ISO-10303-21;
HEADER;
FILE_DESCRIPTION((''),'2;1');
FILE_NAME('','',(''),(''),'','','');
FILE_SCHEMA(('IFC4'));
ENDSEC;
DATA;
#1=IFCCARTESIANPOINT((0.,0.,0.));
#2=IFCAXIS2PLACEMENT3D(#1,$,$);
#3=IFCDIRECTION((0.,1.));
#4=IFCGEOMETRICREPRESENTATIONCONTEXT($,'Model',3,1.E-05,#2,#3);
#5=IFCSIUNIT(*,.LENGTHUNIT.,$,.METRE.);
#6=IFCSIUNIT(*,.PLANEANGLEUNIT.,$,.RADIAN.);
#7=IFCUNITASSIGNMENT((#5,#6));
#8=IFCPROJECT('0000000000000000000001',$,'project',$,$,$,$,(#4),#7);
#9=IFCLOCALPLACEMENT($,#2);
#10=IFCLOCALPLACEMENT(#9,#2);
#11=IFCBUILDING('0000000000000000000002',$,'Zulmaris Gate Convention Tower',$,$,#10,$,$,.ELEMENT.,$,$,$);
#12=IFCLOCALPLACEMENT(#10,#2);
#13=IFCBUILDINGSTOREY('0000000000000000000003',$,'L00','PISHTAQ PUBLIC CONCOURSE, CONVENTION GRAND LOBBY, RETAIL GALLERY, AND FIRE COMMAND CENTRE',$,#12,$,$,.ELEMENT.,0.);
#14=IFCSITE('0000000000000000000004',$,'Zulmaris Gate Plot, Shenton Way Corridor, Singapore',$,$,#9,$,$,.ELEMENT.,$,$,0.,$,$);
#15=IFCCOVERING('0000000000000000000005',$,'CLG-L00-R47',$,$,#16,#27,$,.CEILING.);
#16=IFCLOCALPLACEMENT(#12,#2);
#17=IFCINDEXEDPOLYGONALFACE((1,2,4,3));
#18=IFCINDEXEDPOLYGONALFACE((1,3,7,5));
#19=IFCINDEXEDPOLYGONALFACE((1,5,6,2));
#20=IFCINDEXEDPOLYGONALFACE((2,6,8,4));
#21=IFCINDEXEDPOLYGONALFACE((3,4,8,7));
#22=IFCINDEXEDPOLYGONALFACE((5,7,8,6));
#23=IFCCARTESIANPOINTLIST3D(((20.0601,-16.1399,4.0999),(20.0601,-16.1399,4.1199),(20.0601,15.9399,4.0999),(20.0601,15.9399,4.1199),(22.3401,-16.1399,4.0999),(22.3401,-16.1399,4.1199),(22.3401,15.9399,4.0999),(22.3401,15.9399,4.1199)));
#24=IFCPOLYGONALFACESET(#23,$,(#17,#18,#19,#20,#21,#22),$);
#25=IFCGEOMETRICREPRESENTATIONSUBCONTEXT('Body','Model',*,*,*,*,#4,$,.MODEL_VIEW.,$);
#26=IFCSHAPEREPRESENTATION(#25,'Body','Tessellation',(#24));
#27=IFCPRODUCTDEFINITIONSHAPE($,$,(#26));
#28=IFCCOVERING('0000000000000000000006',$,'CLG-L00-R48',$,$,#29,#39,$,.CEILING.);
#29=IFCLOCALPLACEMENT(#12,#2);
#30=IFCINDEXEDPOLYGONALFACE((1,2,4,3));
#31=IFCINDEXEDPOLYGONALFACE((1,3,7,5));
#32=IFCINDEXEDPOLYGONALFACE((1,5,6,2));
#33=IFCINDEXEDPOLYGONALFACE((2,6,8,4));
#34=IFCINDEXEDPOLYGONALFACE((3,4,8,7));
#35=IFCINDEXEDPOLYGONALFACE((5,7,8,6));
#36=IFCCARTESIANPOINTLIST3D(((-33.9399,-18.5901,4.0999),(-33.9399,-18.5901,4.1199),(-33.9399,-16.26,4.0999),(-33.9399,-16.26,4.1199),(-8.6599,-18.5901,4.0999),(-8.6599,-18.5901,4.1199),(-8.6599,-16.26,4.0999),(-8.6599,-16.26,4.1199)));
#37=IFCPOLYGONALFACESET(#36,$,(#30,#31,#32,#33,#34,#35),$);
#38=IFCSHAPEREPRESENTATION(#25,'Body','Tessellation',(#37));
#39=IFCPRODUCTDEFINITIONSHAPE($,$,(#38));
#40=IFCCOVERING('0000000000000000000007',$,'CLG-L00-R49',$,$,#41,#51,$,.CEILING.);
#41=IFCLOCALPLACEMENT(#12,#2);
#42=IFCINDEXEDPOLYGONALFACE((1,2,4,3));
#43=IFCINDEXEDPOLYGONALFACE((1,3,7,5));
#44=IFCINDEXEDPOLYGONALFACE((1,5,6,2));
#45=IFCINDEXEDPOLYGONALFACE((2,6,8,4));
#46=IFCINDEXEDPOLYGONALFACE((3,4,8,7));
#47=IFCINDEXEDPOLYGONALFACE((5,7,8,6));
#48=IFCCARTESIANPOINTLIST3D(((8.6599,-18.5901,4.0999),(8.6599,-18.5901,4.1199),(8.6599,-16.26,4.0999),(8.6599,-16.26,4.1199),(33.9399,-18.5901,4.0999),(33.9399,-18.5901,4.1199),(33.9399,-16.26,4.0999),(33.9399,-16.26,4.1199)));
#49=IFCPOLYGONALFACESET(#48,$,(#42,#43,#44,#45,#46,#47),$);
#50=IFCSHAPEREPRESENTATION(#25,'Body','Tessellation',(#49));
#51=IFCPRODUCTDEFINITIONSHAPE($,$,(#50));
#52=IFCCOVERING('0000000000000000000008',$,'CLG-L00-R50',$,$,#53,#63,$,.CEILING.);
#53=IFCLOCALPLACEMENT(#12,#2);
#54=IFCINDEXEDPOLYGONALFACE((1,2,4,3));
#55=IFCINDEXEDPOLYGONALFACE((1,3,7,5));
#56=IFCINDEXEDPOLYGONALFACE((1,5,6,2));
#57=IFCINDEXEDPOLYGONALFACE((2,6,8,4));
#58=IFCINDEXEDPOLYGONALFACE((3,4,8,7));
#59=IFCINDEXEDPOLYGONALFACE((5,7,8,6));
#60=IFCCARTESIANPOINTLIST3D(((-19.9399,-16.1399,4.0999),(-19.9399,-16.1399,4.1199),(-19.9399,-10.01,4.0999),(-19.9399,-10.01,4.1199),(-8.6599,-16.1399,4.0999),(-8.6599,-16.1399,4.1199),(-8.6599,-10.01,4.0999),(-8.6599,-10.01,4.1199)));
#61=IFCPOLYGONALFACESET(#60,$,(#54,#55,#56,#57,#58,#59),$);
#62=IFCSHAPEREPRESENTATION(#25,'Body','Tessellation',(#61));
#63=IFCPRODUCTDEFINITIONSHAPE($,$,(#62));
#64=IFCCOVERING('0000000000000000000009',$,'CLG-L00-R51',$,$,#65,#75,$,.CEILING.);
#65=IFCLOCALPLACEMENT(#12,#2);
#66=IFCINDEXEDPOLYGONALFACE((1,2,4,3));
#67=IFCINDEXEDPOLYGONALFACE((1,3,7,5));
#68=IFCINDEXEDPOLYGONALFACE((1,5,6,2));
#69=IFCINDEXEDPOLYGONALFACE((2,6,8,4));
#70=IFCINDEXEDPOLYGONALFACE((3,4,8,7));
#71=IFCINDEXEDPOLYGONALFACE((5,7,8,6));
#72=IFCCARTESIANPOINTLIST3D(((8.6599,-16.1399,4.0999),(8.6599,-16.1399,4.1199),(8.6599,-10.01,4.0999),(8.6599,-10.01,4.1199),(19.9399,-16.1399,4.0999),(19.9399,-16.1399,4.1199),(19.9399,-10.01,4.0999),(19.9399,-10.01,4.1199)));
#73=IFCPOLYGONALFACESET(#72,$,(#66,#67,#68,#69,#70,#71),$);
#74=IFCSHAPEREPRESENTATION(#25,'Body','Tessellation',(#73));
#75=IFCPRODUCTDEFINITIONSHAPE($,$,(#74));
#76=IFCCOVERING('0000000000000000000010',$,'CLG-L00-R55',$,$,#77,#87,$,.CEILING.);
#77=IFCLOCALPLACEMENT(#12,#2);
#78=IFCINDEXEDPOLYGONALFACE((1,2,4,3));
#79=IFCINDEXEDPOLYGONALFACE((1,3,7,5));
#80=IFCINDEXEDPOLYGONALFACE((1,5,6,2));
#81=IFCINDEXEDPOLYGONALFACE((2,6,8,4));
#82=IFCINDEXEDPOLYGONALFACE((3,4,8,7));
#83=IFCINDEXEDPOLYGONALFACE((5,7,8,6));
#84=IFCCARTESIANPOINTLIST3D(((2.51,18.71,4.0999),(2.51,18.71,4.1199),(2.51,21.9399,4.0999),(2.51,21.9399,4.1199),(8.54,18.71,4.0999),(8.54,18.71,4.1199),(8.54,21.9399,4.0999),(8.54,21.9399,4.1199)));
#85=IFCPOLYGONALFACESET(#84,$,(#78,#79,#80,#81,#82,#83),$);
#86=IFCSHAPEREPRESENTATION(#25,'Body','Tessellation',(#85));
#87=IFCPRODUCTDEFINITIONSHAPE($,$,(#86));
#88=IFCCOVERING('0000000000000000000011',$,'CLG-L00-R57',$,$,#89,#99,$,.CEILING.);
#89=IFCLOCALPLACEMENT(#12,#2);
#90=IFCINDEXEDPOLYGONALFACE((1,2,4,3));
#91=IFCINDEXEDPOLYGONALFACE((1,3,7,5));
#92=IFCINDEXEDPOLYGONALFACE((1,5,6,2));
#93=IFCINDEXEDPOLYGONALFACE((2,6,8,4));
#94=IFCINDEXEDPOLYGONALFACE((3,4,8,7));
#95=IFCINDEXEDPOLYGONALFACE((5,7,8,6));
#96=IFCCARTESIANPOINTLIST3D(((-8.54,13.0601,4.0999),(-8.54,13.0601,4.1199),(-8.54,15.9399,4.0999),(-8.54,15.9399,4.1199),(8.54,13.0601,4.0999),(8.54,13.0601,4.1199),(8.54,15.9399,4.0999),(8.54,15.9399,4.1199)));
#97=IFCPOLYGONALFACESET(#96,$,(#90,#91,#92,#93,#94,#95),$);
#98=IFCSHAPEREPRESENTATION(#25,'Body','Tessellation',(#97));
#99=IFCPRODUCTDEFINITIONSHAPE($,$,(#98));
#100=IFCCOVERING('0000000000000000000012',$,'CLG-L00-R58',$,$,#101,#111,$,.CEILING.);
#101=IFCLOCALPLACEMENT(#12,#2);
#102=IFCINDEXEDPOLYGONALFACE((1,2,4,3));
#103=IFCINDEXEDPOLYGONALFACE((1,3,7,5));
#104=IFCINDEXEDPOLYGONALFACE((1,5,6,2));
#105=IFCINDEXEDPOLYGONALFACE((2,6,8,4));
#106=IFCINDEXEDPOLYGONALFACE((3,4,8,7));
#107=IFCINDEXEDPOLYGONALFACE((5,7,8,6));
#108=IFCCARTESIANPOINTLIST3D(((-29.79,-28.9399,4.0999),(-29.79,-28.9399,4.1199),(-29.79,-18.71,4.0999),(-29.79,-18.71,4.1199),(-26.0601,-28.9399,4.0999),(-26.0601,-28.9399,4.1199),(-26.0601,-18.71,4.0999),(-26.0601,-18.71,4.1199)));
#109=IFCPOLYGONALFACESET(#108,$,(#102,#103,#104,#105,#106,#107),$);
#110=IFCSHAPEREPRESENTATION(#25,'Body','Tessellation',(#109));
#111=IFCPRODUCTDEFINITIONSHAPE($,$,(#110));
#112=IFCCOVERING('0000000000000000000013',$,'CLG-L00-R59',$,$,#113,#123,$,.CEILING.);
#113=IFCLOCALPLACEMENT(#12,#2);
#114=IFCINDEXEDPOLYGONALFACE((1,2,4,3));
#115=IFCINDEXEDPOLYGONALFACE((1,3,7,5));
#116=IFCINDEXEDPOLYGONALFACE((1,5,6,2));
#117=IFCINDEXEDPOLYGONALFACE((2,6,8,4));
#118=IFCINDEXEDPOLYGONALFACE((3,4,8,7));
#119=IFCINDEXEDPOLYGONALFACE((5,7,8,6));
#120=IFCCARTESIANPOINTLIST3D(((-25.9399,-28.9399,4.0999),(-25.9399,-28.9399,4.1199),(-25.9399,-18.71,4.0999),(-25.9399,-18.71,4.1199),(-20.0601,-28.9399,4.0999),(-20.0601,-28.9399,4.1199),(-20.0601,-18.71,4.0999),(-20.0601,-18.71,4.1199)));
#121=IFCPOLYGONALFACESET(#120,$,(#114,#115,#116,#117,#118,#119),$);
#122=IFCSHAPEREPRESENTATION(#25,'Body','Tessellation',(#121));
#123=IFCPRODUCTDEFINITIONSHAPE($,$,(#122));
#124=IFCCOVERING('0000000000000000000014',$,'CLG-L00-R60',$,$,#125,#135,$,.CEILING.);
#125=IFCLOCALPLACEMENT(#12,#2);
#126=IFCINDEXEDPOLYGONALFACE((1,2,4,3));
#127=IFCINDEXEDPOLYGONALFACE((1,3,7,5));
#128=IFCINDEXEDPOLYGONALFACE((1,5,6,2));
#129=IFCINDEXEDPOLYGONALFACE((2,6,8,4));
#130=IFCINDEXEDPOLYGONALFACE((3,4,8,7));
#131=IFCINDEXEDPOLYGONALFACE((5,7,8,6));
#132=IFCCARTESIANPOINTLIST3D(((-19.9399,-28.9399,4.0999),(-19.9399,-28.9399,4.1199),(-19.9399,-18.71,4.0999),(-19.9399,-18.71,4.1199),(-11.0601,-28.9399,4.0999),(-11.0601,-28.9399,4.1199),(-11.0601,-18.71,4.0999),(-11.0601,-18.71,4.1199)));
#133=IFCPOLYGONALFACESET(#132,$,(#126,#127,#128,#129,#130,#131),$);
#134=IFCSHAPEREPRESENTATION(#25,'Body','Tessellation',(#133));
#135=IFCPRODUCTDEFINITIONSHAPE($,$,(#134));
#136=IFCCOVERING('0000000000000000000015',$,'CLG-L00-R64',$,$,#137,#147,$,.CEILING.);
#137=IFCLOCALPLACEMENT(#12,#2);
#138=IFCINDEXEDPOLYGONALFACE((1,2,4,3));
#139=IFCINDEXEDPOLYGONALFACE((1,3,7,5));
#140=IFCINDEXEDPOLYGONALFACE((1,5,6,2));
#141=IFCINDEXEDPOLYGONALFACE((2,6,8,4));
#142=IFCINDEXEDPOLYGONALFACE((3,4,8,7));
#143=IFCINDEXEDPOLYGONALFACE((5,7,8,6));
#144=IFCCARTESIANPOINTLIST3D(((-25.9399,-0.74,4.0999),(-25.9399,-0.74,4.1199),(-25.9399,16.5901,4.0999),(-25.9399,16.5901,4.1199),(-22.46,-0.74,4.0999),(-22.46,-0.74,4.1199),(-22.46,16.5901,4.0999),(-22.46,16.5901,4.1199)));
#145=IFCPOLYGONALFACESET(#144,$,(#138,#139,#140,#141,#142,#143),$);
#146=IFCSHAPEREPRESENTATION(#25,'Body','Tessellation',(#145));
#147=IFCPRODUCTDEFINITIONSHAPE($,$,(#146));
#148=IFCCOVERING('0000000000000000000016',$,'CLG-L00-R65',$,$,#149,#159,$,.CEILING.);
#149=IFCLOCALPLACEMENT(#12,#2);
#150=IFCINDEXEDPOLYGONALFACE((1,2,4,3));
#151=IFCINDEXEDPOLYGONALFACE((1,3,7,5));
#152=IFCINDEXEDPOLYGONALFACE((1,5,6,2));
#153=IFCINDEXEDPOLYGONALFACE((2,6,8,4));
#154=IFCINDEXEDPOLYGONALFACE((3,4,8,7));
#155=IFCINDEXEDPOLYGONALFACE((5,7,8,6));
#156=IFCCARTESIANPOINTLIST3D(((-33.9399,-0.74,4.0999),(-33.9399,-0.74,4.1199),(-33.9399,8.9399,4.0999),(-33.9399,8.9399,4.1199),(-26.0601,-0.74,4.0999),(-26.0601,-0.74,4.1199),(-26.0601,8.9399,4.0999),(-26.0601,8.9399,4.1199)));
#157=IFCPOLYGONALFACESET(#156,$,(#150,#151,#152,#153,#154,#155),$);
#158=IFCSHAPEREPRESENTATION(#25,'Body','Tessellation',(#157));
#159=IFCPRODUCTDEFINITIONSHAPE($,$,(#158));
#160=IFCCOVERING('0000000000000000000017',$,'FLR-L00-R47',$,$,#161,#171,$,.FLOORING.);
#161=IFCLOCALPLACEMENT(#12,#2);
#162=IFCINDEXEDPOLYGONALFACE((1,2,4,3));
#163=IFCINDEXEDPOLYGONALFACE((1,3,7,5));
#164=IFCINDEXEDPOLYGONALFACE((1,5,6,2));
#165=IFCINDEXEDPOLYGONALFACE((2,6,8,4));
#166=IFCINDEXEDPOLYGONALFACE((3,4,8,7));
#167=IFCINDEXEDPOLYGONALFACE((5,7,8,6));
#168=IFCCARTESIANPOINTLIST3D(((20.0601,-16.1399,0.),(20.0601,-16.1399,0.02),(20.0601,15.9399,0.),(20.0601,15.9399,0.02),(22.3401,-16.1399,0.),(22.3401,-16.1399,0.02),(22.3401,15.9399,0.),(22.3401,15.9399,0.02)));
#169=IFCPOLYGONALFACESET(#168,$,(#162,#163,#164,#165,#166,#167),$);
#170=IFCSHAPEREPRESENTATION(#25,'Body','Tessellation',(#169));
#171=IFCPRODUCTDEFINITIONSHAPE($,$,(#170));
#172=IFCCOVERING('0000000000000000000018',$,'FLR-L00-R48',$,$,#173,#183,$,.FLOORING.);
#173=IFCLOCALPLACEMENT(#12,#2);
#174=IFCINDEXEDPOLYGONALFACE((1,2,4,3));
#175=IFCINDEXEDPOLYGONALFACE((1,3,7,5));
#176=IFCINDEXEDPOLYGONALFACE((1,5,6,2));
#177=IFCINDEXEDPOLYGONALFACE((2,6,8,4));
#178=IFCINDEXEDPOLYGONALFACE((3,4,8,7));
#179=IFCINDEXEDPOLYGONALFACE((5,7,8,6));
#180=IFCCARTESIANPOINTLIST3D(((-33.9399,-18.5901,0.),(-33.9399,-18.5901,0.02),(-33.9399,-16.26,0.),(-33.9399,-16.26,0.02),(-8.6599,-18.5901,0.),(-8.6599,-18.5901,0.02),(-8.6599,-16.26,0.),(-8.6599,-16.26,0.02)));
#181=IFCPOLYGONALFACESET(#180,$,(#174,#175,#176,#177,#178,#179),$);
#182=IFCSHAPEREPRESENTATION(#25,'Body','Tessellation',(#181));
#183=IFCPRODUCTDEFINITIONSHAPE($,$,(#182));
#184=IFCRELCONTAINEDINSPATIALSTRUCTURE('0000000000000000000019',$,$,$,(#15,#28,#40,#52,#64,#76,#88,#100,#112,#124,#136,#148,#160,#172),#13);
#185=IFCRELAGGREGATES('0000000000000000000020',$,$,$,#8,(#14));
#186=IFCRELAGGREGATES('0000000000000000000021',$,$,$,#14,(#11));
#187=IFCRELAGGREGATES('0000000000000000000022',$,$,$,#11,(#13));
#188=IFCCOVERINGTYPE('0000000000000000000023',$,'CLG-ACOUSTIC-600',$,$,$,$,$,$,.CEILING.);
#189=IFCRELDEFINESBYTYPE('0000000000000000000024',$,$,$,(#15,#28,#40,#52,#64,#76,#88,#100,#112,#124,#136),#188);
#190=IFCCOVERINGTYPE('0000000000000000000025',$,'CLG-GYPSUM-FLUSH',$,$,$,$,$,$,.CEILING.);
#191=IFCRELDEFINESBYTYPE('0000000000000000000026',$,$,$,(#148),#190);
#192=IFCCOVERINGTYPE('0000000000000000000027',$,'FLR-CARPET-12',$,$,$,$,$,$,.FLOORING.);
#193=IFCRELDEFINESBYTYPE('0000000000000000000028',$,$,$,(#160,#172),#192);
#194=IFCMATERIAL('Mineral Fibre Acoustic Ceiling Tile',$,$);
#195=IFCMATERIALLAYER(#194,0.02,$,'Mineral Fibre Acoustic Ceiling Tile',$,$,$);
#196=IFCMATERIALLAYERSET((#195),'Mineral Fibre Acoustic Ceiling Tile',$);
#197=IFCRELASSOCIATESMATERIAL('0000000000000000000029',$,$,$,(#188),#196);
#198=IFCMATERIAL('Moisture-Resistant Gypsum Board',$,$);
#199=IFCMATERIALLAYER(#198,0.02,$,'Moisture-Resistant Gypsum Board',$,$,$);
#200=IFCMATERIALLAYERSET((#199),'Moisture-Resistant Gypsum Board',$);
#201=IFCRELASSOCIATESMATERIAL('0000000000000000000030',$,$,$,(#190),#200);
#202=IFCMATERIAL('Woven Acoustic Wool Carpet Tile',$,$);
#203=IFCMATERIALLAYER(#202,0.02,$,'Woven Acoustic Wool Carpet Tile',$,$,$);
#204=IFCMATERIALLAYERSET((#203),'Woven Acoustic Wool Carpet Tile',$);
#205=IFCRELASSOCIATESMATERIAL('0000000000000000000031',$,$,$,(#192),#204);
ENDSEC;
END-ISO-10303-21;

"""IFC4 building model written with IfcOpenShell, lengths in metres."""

from ifc_helpers import new_model, si_unit, direction, frame, origin, place, context, subcontext, project, spatial, polyline, outline, extrude, material, layer, layer_set, type_object, element, save


model = new_model("IFC4")

# Units and contexts
model_context = context("Model", 3, precision=1e-05, world=origin(), true_north=direction((0.0, 1.0)))
body_context = subcontext(model_context, "Body", "Model", "MODEL_VIEW")
ifc_project = project(units=[si_unit("LENGTHUNIT", "METRE"), si_unit("PLANEANGLEUNIT", "RADIAN")], contexts=[model_context])

# Site, building, storey
site_placement = place(None, origin())
site = spatial("IfcSite", under=ifc_project, at=site_placement, Name="Zulmaris Gate Plot, Shenton Way Corridor, Singapore", CompositionType="ELEMENT", RefElevation=0.0)
building_placement = place(site_placement, origin())
building = spatial("IfcBuilding", under=site, at=building_placement, Name="Zulmaris Gate Convention Tower", CompositionType="ELEMENT")
storey_placement = place(building_placement, origin())
storey = spatial("IfcBuildingStorey", under=building, at=storey_placement, Name="L00", Description="PISHTAQ PUBLIC CONCOURSE, CONVENTION GRAND LOBBY, RETAIL GALLERY, AND FIRE COMMAND CENTRE", CompositionType="ELEMENT", Elevation=0.0)

# Coverings
ifc_material_1 = material(Name="Mineral Fibre Acoustic Ceiling Tile")
ifc_layer_1 = layer(ifc_material_1, 0.02, Name="Mineral Fibre Acoustic Ceiling Tile")
ifc_layer_set_1 = layer_set([ifc_layer_1], Name="Mineral Fibre Acoustic Ceiling Tile")
covering_type_1 = type_object("IfcCoveringType", Name="CLG-ACOUSTIC-600", PredefinedType="CEILING", material=ifc_layer_set_1)
covering_1_placement = place(storey_placement, frame((0.0, 0.0, 4.0999)))
element("IfcCovering", 1, at=covering_1_placement, inside=storey, type_object=covering_type_1, Name="CLG-L00-R47", PredefinedType="CEILING", context=body_context, shape_type="SweptSolid", body=[
    extrude(outline(polyline([(20.0601, -16.1399), (22.3401, -16.1399), (22.3401, 15.9399), (20.0601, 15.9399), (20.0601, -16.1399)])), origin(), (0.0, 0.0, 1.0), 0.02),
])
covering_2_placement = place(storey_placement, frame((0.0, 0.0, 4.0999)))
element("IfcCovering", 2, at=covering_2_placement, inside=storey, type_object=covering_type_1, Name="CLG-L00-R48", PredefinedType="CEILING", context=body_context, shape_type="SweptSolid", body=[
    extrude(outline(polyline([(-33.9399, -18.5901), (-8.6599, -18.5901), (-8.6599, -16.26), (-33.9399, -16.26), (-33.9399, -18.5901)])), origin(), (0.0, 0.0, 1.0), 0.02),
])
covering_3_placement = place(storey_placement, frame((0.0, 0.0, 4.0999)))
element("IfcCovering", 3, at=covering_3_placement, inside=storey, type_object=covering_type_1, Name="CLG-L00-R49", PredefinedType="CEILING", context=body_context, shape_type="SweptSolid", body=[
    extrude(outline(polyline([(8.6599, -18.5901), (33.9399, -18.5901), (33.9399, -16.26), (8.6599, -16.26), (8.6599, -18.5901)])), origin(), (0.0, 0.0, 1.0), 0.02),
])
covering_4_placement = place(storey_placement, frame((0.0, 0.0, 4.0999)))
element("IfcCovering", 4, at=covering_4_placement, inside=storey, type_object=covering_type_1, Name="CLG-L00-R50", PredefinedType="CEILING", context=body_context, shape_type="SweptSolid", body=[
    extrude(outline(polyline([(-19.9399, -16.1399), (-8.6599, -16.1399), (-8.6599, -10.01), (-19.9399, -10.01), (-19.9399, -16.1399)])), origin(), (0.0, 0.0, 1.0), 0.02),
])
covering_5_placement = place(storey_placement, frame((0.0, 0.0, 4.0999)))
element("IfcCovering", 5, at=covering_5_placement, inside=storey, type_object=covering_type_1, Name="CLG-L00-R51", PredefinedType="CEILING", context=body_context, shape_type="SweptSolid", body=[
    extrude(outline(polyline([(8.6599, -16.1399), (19.9399, -16.1399), (19.9399, -10.01), (8.6599, -10.01), (8.6599, -16.1399)])), origin(), (0.0, 0.0, 1.0), 0.02),
])
covering_6_placement = place(storey_placement, frame((0.0, 0.0, 4.0999)))
element("IfcCovering", 6, at=covering_6_placement, inside=storey, type_object=covering_type_1, Name="CLG-L00-R55", PredefinedType="CEILING", context=body_context, shape_type="SweptSolid", body=[
    extrude(outline(polyline([(2.51, 18.71), (8.54, 18.71), (8.54, 21.9399), (2.51, 21.9399), (2.51, 18.71)])), origin(), (0.0, 0.0, 1.0), 0.02),
])
covering_7_placement = place(storey_placement, frame((0.0, 0.0, 4.0999)))
element("IfcCovering", 7, at=covering_7_placement, inside=storey, type_object=covering_type_1, Name="CLG-L00-R57", PredefinedType="CEILING", context=body_context, shape_type="SweptSolid", body=[
    extrude(outline(polyline([(-8.54, 13.0601), (8.54, 13.0601), (8.54, 15.9399), (-8.54, 15.9399), (-8.54, 13.0601)])), origin(), (0.0, 0.0, 1.0), 0.02),
])
covering_8_placement = place(storey_placement, frame((0.0, 0.0, 4.0999)))
element("IfcCovering", 8, at=covering_8_placement, inside=storey, type_object=covering_type_1, Name="CLG-L00-R58", PredefinedType="CEILING", context=body_context, shape_type="SweptSolid", body=[
    extrude(outline(polyline([(-29.79, -28.9399), (-26.0601, -28.9399), (-26.0601, -18.71), (-29.79, -18.71), (-29.79, -28.9399)])), origin(), (0.0, 0.0, 1.0), 0.02),
])
covering_9_placement = place(storey_placement, frame((0.0, 0.0, 4.0999)))
element("IfcCovering", 9, at=covering_9_placement, inside=storey, type_object=covering_type_1, Name="CLG-L00-R59", PredefinedType="CEILING", context=body_context, shape_type="SweptSolid", body=[
    extrude(outline(polyline([(-25.9399, -28.9399), (-20.0601, -28.9399), (-20.0601, -18.71), (-25.9399, -18.71), (-25.9399, -28.9399)])), origin(), (0.0, 0.0, 1.0), 0.02),
])
covering_10_placement = place(storey_placement, frame((0.0, 0.0, 4.0999)))
element("IfcCovering", 10, at=covering_10_placement, inside=storey, type_object=covering_type_1, Name="CLG-L00-R60", PredefinedType="CEILING", context=body_context, shape_type="SweptSolid", body=[
    extrude(outline(polyline([(-19.9399, -28.9399), (-11.0601, -28.9399), (-11.0601, -18.71), (-19.9399, -18.71), (-19.9399, -28.9399)])), origin(), (0.0, 0.0, 1.0), 0.02),
])
covering_11_placement = place(storey_placement, frame((0.0, 0.0, 4.0999)))
element("IfcCovering", 11, at=covering_11_placement, inside=storey, type_object=covering_type_1, Name="CLG-L00-R64", PredefinedType="CEILING", context=body_context, shape_type="SweptSolid", body=[
    extrude(outline(polyline([(-25.9399, -0.74), (-22.46, -0.74), (-22.46, 16.5901), (-25.9399, 16.5901), (-25.9399, -0.74)])), origin(), (0.0, 0.0, 1.0), 0.02),
])
ifc_material_2 = material(Name="Moisture-Resistant Gypsum Board")
ifc_layer_2 = layer(ifc_material_2, 0.02, Name="Moisture-Resistant Gypsum Board")
ifc_layer_set_2 = layer_set([ifc_layer_2], Name="Moisture-Resistant Gypsum Board")
covering_type_2 = type_object("IfcCoveringType", Name="CLG-GYPSUM-FLUSH", PredefinedType="CEILING", material=ifc_layer_set_2)
covering_12_placement = place(storey_placement, frame((0.0, 0.0, 4.0999)))
element("IfcCovering", 12, at=covering_12_placement, inside=storey, type_object=covering_type_2, Name="CLG-L00-R65", PredefinedType="CEILING", context=body_context, shape_type="SweptSolid", body=[
    extrude(outline(polyline([(-33.9399, -0.74), (-26.0601, -0.74), (-26.0601, 8.9399), (-33.9399, 8.9399), (-33.9399, -0.74)])), origin(), (0.0, 0.0, 1.0), 0.02),
])
ifc_material_3 = material(Name="Woven Acoustic Wool Carpet Tile")
ifc_layer_3 = layer(ifc_material_3, 0.02, Name="Woven Acoustic Wool Carpet Tile")
ifc_layer_set_3 = layer_set([ifc_layer_3], Name="Woven Acoustic Wool Carpet Tile")
covering_type_3 = type_object("IfcCoveringType", Name="FLR-CARPET-12", PredefinedType="FLOORING", material=ifc_layer_set_3)
covering_13_placement = place(storey_placement, origin())
element("IfcCovering", 13, at=covering_13_placement, inside=storey, type_object=covering_type_3, Name="FLR-L00-R47", PredefinedType="FLOORING", context=body_context, shape_type="SweptSolid", body=[
    extrude(outline(polyline([(20.0601, -16.1399), (22.3401, -16.1399), (22.3401, 15.9399), (20.0601, 15.9399), (20.0601, -16.1399)])), origin(), (0.0, 0.0, 1.0), 0.02),
])
covering_14_placement = place(storey_placement, origin())
element("IfcCovering", 14, at=covering_14_placement, inside=storey, type_object=covering_type_3, Name="FLR-L00-R48", PredefinedType="FLOORING", context=body_context, shape_type="SweptSolid", body=[
    extrude(outline(polyline([(-33.9399, -18.5901), (-8.6599, -18.5901), (-8.6599, -16.26), (-33.9399, -16.26), (-33.9399, -18.5901)])), origin(), (0.0, 0.0, 1.0), 0.02),
])

save(model, "model.ifc")
